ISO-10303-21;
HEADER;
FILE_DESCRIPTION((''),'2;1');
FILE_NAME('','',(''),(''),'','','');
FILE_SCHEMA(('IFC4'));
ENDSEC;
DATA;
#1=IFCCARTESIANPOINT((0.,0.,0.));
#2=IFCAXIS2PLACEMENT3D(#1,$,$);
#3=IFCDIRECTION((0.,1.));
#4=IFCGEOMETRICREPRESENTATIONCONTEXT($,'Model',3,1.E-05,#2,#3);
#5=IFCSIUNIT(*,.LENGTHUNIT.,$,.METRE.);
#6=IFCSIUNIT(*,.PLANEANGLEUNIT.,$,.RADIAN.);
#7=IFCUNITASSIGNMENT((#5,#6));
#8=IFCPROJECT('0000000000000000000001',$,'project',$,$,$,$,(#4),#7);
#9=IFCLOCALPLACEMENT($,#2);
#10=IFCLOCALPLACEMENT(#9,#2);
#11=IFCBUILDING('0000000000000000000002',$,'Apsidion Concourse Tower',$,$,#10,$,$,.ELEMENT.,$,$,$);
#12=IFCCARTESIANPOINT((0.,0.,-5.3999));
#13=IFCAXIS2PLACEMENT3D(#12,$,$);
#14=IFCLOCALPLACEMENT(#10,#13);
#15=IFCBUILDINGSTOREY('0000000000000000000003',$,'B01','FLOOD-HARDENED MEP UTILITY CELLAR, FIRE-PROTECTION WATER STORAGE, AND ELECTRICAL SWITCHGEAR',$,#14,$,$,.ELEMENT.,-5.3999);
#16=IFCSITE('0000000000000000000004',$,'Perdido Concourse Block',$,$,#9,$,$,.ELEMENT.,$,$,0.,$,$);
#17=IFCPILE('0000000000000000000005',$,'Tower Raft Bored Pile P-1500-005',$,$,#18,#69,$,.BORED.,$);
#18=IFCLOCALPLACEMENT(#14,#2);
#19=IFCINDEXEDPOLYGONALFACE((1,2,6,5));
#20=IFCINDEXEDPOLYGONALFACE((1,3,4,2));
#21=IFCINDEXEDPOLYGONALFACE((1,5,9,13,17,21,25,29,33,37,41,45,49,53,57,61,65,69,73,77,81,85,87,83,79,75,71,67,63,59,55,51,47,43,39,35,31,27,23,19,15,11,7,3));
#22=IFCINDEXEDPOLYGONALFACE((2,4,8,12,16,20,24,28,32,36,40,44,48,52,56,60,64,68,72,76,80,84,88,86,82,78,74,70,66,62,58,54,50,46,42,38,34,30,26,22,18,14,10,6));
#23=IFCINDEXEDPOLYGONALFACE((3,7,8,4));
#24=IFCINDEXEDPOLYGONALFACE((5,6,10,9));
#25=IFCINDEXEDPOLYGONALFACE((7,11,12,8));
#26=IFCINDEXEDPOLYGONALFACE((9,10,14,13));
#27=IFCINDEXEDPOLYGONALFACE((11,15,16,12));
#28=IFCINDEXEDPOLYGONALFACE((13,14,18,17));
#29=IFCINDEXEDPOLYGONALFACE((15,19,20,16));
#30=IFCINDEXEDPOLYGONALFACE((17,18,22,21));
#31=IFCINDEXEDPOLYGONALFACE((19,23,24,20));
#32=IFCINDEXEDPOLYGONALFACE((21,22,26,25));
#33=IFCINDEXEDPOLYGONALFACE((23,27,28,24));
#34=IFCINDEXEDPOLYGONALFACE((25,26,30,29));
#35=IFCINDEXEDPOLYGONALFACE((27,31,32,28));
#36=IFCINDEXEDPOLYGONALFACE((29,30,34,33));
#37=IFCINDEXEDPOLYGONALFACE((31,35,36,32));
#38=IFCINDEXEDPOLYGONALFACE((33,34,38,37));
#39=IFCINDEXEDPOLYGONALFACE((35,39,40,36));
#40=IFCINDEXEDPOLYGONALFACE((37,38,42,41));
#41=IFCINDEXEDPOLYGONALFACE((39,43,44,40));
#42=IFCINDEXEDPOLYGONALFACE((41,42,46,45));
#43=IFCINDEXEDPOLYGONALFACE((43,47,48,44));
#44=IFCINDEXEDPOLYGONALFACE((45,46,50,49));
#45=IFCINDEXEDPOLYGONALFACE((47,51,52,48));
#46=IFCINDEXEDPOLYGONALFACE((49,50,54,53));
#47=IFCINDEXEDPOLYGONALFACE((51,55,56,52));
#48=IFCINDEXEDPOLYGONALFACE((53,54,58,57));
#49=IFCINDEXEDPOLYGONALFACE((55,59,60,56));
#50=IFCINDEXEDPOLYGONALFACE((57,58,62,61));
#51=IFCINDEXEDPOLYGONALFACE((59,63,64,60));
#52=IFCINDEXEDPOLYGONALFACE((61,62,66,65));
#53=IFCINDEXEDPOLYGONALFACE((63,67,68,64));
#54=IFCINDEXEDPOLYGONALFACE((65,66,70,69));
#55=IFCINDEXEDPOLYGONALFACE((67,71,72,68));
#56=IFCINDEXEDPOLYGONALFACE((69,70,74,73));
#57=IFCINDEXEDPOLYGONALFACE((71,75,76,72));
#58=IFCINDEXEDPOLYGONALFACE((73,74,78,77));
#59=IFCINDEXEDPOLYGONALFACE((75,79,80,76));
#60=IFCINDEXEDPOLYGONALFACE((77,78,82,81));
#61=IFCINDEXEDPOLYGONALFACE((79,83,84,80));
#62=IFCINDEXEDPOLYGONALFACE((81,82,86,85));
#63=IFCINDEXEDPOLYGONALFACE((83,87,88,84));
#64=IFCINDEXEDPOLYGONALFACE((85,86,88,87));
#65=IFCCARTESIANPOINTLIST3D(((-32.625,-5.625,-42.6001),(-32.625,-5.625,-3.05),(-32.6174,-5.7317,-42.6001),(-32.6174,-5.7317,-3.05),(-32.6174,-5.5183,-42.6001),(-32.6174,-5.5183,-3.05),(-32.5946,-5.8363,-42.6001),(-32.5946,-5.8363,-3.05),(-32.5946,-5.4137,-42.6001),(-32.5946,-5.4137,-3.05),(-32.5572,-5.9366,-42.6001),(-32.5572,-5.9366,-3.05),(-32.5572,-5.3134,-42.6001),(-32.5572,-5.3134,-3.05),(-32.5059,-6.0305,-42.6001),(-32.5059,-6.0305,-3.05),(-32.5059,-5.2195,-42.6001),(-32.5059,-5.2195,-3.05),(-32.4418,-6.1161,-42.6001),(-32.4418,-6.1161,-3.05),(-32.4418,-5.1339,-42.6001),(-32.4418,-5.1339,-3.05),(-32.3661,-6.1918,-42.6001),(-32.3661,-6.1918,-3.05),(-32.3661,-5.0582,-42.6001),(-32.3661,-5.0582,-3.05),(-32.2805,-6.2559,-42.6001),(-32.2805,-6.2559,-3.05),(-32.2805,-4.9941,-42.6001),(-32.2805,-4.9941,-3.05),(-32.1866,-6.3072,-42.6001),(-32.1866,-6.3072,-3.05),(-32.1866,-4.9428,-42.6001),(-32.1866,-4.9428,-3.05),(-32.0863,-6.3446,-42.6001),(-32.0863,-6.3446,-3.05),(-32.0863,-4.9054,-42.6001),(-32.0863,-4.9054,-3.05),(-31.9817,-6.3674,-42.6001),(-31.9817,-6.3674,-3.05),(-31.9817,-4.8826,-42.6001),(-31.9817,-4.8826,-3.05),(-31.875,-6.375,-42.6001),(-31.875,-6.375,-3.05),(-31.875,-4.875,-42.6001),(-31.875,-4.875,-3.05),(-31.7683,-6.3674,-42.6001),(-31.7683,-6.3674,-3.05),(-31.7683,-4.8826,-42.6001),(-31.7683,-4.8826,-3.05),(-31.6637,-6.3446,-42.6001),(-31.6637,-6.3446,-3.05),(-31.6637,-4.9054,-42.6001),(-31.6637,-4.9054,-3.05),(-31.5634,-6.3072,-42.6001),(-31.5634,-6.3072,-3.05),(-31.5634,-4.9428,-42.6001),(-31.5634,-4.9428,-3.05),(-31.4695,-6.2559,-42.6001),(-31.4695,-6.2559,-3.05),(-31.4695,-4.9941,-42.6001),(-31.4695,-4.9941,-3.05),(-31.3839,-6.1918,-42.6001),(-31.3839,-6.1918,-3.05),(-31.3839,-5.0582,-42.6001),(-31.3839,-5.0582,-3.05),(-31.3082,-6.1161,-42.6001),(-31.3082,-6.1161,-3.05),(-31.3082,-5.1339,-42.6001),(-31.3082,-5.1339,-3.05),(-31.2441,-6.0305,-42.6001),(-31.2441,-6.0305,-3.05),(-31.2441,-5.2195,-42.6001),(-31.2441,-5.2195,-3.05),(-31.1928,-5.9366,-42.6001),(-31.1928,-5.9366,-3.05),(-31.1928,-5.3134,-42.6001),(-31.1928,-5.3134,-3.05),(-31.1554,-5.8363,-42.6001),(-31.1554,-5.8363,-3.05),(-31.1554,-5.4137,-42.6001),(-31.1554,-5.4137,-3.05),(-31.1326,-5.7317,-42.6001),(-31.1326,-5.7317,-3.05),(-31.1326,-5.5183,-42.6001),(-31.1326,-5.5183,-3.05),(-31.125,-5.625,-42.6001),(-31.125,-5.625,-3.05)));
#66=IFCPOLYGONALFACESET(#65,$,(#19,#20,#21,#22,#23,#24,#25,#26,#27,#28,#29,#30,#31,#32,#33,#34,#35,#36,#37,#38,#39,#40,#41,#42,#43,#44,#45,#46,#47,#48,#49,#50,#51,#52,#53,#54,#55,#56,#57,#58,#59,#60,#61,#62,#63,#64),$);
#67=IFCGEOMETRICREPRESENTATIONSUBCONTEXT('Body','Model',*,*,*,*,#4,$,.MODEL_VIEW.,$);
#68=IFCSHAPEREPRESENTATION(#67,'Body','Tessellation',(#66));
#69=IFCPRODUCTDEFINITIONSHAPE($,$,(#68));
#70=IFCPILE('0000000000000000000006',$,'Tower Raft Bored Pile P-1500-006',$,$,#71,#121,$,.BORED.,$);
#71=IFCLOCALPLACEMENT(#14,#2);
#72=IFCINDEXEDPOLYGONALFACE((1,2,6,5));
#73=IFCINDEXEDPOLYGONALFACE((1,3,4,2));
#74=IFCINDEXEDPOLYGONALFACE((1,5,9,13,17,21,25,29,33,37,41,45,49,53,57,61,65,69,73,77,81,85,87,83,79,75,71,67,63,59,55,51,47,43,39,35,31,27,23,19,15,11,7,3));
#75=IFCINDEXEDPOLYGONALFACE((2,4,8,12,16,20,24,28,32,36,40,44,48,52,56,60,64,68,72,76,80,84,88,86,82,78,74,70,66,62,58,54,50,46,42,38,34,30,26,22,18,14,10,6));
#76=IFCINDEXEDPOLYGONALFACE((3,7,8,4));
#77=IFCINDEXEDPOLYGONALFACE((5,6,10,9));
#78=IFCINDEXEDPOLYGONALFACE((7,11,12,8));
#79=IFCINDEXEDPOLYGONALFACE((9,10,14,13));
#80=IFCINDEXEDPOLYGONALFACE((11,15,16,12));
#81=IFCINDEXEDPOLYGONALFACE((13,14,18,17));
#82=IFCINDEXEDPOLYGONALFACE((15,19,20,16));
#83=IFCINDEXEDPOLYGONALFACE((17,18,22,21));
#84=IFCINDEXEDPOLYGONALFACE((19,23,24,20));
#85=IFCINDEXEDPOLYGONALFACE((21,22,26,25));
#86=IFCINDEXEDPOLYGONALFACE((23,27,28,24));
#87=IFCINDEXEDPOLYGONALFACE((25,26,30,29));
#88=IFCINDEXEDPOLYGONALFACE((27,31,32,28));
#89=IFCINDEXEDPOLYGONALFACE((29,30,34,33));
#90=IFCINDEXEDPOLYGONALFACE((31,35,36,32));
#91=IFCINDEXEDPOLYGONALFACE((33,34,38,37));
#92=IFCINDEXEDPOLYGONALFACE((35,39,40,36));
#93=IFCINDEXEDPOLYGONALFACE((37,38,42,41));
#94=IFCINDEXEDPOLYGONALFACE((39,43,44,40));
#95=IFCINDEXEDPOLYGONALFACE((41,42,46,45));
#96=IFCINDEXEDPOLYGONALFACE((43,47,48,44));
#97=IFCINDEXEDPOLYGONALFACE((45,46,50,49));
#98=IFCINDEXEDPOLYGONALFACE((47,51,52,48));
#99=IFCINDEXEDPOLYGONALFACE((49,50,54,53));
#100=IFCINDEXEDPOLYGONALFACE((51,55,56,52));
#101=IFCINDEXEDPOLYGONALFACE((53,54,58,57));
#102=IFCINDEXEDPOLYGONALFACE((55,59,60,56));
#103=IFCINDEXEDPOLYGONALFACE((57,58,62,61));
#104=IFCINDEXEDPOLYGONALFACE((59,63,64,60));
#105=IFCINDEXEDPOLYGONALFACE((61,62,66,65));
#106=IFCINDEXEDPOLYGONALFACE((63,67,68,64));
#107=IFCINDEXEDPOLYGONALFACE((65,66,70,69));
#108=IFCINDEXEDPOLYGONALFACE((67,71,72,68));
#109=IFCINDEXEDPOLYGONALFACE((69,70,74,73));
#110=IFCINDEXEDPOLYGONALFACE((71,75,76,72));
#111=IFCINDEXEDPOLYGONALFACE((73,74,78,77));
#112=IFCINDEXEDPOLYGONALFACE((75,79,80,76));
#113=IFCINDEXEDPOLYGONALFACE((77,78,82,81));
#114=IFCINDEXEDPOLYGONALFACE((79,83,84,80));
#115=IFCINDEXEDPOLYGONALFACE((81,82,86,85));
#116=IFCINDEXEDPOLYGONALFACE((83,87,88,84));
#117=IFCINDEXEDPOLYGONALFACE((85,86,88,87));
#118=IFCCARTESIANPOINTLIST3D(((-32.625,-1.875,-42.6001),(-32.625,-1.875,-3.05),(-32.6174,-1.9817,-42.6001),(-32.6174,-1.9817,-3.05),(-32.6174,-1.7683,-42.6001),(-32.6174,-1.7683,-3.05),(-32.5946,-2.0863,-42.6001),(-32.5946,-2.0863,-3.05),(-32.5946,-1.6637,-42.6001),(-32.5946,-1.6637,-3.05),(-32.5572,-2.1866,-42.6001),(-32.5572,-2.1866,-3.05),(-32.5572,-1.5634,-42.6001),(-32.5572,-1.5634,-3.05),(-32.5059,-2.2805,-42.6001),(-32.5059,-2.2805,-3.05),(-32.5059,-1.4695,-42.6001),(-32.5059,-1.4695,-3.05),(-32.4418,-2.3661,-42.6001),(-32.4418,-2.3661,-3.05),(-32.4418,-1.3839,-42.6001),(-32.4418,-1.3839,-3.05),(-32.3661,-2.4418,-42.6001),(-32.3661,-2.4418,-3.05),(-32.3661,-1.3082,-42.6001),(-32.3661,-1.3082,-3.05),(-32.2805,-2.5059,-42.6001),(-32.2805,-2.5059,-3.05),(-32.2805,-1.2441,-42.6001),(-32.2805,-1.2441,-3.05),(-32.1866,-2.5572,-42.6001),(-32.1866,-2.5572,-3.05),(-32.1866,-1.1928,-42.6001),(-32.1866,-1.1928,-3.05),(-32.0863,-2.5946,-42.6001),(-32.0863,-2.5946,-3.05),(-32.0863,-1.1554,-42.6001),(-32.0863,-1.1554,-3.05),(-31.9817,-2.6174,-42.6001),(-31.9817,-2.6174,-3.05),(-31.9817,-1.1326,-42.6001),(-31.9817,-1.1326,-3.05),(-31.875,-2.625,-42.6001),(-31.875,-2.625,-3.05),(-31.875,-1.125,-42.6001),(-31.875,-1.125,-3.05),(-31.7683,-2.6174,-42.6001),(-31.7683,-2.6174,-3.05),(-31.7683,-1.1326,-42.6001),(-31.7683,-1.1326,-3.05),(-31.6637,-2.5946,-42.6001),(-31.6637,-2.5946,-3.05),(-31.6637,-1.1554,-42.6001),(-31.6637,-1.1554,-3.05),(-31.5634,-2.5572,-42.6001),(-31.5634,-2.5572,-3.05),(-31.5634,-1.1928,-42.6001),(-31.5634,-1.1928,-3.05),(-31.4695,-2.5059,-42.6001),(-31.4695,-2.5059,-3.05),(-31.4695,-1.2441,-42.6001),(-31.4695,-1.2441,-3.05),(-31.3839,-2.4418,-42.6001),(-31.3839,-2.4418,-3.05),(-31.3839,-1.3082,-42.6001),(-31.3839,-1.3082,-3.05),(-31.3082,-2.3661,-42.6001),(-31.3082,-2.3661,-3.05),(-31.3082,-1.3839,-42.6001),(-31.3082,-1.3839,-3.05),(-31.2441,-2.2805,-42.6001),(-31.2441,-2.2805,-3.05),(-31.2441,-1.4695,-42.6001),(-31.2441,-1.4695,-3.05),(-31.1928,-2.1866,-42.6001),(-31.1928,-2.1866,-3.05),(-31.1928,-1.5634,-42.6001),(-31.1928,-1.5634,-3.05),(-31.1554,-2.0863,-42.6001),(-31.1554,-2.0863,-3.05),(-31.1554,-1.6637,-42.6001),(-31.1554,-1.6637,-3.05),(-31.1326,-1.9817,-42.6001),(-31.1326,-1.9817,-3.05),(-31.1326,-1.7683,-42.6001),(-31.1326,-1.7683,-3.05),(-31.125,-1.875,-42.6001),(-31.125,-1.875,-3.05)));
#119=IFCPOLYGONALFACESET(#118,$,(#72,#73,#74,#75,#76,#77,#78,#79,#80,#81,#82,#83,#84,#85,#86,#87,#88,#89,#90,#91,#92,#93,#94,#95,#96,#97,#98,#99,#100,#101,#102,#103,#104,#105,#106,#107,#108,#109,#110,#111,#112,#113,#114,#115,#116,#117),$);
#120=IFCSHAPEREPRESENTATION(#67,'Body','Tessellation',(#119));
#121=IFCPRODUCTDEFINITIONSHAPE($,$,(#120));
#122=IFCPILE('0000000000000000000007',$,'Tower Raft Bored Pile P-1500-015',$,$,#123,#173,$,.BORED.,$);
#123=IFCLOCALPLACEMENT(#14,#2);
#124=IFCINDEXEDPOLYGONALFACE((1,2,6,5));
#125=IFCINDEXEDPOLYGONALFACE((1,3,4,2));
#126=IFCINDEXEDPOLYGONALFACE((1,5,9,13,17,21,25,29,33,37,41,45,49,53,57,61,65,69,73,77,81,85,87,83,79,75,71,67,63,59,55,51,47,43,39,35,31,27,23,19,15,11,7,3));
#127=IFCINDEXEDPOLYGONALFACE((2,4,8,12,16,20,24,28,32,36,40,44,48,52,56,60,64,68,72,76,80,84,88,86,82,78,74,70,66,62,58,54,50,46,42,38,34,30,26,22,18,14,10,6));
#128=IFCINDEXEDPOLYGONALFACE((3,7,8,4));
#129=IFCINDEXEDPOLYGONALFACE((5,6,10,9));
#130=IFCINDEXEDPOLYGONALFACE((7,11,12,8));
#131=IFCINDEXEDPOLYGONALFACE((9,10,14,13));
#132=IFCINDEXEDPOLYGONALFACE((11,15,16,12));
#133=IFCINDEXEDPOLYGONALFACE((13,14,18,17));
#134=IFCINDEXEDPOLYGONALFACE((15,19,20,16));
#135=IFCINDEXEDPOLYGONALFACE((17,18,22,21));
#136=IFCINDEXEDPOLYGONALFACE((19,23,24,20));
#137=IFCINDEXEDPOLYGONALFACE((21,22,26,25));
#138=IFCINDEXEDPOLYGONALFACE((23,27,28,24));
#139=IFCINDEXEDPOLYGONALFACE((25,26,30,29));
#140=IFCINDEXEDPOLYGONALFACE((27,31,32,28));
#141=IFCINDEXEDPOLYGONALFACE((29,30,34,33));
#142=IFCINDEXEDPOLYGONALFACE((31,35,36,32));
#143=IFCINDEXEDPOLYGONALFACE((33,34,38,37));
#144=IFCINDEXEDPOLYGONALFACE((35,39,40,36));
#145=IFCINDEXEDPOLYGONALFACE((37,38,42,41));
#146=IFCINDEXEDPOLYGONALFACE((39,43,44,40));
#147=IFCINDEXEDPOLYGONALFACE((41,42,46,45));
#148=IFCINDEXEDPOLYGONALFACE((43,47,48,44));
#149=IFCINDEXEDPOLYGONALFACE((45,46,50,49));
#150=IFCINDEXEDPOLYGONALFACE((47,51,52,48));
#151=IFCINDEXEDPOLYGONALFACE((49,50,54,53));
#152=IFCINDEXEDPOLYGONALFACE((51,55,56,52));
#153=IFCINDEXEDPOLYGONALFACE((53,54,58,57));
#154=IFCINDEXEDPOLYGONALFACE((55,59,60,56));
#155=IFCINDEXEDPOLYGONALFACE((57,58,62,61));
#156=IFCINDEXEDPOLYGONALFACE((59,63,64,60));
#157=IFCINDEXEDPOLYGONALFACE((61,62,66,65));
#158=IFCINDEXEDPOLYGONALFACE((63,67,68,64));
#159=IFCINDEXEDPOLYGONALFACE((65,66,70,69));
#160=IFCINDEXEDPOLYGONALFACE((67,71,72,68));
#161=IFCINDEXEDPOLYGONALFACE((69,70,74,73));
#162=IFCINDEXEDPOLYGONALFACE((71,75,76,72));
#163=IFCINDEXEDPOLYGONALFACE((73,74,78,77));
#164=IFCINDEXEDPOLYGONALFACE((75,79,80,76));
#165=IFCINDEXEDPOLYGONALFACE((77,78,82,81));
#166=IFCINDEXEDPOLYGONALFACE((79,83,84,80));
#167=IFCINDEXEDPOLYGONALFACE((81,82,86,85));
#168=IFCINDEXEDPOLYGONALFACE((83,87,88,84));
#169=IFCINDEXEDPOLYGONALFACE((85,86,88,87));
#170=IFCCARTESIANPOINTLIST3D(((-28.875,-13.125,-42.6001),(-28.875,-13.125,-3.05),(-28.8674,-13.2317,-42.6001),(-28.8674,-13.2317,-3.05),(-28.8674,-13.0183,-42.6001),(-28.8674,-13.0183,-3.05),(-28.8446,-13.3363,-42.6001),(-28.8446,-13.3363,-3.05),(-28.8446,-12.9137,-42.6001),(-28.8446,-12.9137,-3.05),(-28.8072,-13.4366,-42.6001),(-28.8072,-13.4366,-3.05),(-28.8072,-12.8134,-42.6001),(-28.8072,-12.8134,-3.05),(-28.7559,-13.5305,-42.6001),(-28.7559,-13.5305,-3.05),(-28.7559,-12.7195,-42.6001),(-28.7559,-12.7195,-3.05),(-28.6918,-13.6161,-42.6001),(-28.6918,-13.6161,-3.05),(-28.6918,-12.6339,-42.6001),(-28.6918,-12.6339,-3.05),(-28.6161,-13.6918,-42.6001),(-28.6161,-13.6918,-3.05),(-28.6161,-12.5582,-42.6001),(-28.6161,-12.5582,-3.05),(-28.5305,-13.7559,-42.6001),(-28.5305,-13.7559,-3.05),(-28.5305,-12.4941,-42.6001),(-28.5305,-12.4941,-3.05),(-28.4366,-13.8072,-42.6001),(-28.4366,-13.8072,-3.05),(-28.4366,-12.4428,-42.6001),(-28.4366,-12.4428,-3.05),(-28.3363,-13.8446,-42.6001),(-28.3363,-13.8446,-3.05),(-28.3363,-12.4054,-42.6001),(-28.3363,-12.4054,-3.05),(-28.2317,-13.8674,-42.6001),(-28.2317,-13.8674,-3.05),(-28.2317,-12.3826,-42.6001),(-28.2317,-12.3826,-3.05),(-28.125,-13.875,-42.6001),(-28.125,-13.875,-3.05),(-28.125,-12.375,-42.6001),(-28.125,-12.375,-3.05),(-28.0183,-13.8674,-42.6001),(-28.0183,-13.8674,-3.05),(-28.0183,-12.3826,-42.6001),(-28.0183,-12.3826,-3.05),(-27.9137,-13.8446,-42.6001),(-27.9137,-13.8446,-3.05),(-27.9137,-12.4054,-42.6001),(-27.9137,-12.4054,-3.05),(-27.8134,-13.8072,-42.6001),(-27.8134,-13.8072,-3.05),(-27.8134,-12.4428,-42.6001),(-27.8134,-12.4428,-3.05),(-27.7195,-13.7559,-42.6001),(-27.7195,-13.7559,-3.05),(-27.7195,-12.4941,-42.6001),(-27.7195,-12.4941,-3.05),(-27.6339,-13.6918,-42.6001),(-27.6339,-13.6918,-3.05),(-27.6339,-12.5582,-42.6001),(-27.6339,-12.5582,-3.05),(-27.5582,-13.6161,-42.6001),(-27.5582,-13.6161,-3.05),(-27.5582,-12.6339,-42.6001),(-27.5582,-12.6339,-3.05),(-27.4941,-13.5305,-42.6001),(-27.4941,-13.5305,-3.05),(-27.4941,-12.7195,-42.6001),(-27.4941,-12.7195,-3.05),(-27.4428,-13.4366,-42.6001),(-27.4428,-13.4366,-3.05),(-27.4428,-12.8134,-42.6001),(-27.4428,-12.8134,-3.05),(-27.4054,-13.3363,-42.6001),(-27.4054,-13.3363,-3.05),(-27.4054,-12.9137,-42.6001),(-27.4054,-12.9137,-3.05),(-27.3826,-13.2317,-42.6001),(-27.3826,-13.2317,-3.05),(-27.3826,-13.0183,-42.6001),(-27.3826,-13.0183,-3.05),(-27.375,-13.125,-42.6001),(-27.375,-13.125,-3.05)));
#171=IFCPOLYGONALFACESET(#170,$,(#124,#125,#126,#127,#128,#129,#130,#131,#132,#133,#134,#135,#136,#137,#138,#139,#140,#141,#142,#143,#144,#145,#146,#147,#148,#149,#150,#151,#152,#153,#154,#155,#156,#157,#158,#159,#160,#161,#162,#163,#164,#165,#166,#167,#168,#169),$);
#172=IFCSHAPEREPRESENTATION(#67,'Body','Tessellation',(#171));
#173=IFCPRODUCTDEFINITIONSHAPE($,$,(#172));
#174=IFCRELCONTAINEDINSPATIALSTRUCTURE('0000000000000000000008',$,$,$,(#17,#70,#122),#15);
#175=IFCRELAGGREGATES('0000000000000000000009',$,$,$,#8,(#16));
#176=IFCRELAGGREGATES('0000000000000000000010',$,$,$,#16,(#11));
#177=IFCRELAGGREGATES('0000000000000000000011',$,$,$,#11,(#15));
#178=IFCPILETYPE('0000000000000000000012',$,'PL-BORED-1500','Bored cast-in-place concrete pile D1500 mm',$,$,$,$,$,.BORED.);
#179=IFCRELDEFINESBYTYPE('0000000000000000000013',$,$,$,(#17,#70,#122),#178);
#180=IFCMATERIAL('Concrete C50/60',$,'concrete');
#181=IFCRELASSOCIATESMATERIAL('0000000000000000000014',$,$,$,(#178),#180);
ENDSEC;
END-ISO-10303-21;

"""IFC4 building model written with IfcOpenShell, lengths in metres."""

from ifc_helpers import new_model, si_unit, direction, frame, origin, origin_2d, place, context, subcontext, project, spatial, circle, extrude, material, material_profile, profile_set, type_object, element, save


model = new_model("IFC4")

# Units and contexts
model_context = context("Model", 3, precision=1e-05, world=origin(), true_north=direction((0.0, 1.0)))
body_context = subcontext(model_context, "Body", "Model", "MODEL_VIEW")
ifc_project = project(units=[si_unit("LENGTHUNIT", "METRE"), si_unit("PLANEANGLEUNIT", "RADIAN")], contexts=[model_context])

# Site, building, storey
site_placement = place(None, origin())
site = spatial("IfcSite", under=ifc_project, at=site_placement, Name="Perdido Concourse Block", CompositionType="ELEMENT", RefElevation=0.0)
building_placement = place(site_placement, origin())
building = spatial("IfcBuilding", under=site, at=building_placement, Name="Apsidion Concourse Tower", CompositionType="ELEMENT")
storey_placement = place(building_placement, frame((0.0, 0.0, -5.3999)))
storey = spatial("IfcBuildingStorey", under=building, at=storey_placement, Name="B01", Description="FLOOD-HARDENED MEP UTILITY CELLAR, FIRE-PROTECTION WATER STORAGE, AND ELECTRICAL SWITCHGEAR", CompositionType="ELEMENT", Elevation=-5.3999)

# Shared definitions
ifc_material_1 = material(Name="Concrete C50/60", Category="concrete")

# Piles
ifc_material_profile_1 = material_profile(ifc_material_1, circle(Radius=0.75, at=origin_2d()), Name="BORED PILE D1500")
ifc_profile_set_1 = profile_set([ifc_material_profile_1], Name="Concrete C50/60")
pile_type_1 = type_object("IfcPileType", Name="PL-BORED-1500", Description="Bored cast-in-place concrete pile D1500 mm", PredefinedType="BORED", material=ifc_profile_set_1)
for number, where, z_axis, x_axis, name in (
    (1, (-31.875, -5.625, -3.05), (0.0, 0.0, -1.0), (1.0, 0.0, 0.0), "Tower Raft Bored Pile P-1500-005"),
    (2, (-31.875, -1.875, -3.05), (0.0, 0.0, -1.0), (1.0, 0.0, 0.0), "Tower Raft Bored Pile P-1500-006"),
    (3, (-28.125, -13.125, -3.05), (0.0, 0.0, -1.0), (1.0, 0.0, 0.0), "Tower Raft Bored Pile P-1500-015"),
):
    element("IfcPile", number, at=place(storey_placement, frame(where, z_axis=z_axis, x_axis=x_axis)), inside=storey, type_object=pile_type_1, Name=name, PredefinedType="BORED", context=body_context, shape_type="SweptSolid", body=[
        extrude(circle(Radius=0.75, at=origin_2d()), origin(), (0.0, 0.0, 1.0), 39.55),
    ])

save(model, "model.ifc")
